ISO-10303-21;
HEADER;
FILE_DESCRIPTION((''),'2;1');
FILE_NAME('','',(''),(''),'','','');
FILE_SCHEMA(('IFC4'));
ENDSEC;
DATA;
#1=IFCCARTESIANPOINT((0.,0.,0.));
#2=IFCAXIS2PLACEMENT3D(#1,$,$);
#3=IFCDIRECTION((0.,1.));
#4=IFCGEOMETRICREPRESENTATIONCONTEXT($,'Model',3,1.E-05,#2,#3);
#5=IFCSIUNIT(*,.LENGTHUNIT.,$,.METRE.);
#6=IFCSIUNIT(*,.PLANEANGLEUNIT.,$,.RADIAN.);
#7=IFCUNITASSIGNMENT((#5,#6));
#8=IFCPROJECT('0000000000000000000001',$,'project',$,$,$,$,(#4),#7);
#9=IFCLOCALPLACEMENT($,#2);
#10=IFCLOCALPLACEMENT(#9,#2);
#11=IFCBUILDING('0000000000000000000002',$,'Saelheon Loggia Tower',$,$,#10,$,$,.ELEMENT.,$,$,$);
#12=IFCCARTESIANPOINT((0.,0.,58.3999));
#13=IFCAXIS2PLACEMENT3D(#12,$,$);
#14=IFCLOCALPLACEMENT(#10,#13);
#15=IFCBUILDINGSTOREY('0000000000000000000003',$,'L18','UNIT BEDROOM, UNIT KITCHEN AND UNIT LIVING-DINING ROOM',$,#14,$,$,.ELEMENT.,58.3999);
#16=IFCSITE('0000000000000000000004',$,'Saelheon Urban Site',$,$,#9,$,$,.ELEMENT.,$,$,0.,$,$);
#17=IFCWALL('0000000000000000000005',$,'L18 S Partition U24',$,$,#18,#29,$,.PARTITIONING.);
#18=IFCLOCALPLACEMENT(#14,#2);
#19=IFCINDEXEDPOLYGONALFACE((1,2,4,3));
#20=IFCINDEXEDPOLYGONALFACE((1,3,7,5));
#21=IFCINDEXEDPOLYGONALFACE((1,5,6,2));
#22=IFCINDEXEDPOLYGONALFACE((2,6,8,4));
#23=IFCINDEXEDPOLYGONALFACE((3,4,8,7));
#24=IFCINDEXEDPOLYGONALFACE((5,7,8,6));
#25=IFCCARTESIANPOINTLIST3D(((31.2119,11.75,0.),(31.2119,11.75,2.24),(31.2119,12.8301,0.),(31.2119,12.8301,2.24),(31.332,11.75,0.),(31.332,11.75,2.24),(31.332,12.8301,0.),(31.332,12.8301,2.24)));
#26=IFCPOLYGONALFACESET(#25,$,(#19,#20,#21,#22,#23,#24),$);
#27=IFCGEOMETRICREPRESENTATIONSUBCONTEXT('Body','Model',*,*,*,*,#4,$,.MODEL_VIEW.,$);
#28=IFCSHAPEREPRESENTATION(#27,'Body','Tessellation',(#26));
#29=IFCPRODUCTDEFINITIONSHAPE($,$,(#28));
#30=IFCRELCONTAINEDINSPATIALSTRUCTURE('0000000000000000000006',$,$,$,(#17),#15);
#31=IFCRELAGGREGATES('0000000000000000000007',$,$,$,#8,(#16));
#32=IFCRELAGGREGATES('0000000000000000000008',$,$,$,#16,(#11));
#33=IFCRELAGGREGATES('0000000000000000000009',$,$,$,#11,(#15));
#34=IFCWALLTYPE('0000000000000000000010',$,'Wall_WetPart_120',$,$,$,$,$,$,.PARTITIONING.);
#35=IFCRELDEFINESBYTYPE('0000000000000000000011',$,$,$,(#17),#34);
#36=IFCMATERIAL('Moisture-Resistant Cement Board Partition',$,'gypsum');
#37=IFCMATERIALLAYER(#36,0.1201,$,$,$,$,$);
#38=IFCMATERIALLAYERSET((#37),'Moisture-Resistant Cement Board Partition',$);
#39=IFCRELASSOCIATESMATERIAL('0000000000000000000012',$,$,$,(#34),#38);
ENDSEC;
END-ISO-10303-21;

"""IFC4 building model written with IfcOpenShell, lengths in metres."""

from ifc_helpers import new_model, si_unit, direction, frame, frame_2d, origin, place, context, subcontext, project, spatial, rectangle, extrude, material, layer, layer_set, type_object, element, save


model = new_model("IFC4")

# Units and contexts
model_context = context("Model", 3, precision=1e-05, world=origin(), true_north=direction((0.0, 1.0)))
body_context = subcontext(model_context, "Body", "Model", "MODEL_VIEW")
ifc_project = project(units=[si_unit("LENGTHUNIT", "METRE"), si_unit("PLANEANGLEUNIT", "RADIAN")], contexts=[model_context])

# Site, building, storey
site_placement = place(None, origin())
site = spatial("IfcSite", under=ifc_project, at=site_placement, Name="Saelheon Urban Site", CompositionType="ELEMENT", RefElevation=0.0)
building_placement = place(site_placement, origin())
building = spatial("IfcBuilding", under=site, at=building_placement, Name="Saelheon Loggia Tower", CompositionType="ELEMENT")
storey_placement = place(building_placement, frame((0.0, 0.0, 58.3999)))
storey = spatial("IfcBuildingStorey", under=building, at=storey_placement, Name="L18", Description="UNIT BEDROOM, UNIT KITCHEN AND UNIT LIVING-DINING ROOM", CompositionType="ELEMENT", Elevation=58.3999)

# Shared definitions
ifc_material_1 = material(Name="Moisture-Resistant Cement Board Partition", Category="gypsum")
ifc_layer_1 = layer(ifc_material_1, 0.1201)
ifc_layer_set_1 = layer_set([ifc_layer_1], Name="Moisture-Resistant Cement Board Partition")
wall_type_1 = type_object("IfcWallType", Name="Wall_WetPart_120", PredefinedType="PARTITIONING", material=ifc_layer_set_1)

# Wall
wall_1_placement = place(storey_placement, frame((31.272, 12.8301, 0.0), z_axis=(0.0, 0.0, 1.0), x_axis=(0.0, -1.0, 0.0)))
element("IfcWall", 1, at=wall_1_placement, inside=storey, type_object=wall_type_1, Name="L18 S Partition U24", PredefinedType="PARTITIONING", context=body_context, shape_type="SweptSolid", body=[
    extrude(rectangle(XDim=1.0801, YDim=0.1201, at=frame_2d((0.54, 0.0))), origin(), (0.0, 0.0, 1.0), 2.24),
])

save(model, "model.ifc")
